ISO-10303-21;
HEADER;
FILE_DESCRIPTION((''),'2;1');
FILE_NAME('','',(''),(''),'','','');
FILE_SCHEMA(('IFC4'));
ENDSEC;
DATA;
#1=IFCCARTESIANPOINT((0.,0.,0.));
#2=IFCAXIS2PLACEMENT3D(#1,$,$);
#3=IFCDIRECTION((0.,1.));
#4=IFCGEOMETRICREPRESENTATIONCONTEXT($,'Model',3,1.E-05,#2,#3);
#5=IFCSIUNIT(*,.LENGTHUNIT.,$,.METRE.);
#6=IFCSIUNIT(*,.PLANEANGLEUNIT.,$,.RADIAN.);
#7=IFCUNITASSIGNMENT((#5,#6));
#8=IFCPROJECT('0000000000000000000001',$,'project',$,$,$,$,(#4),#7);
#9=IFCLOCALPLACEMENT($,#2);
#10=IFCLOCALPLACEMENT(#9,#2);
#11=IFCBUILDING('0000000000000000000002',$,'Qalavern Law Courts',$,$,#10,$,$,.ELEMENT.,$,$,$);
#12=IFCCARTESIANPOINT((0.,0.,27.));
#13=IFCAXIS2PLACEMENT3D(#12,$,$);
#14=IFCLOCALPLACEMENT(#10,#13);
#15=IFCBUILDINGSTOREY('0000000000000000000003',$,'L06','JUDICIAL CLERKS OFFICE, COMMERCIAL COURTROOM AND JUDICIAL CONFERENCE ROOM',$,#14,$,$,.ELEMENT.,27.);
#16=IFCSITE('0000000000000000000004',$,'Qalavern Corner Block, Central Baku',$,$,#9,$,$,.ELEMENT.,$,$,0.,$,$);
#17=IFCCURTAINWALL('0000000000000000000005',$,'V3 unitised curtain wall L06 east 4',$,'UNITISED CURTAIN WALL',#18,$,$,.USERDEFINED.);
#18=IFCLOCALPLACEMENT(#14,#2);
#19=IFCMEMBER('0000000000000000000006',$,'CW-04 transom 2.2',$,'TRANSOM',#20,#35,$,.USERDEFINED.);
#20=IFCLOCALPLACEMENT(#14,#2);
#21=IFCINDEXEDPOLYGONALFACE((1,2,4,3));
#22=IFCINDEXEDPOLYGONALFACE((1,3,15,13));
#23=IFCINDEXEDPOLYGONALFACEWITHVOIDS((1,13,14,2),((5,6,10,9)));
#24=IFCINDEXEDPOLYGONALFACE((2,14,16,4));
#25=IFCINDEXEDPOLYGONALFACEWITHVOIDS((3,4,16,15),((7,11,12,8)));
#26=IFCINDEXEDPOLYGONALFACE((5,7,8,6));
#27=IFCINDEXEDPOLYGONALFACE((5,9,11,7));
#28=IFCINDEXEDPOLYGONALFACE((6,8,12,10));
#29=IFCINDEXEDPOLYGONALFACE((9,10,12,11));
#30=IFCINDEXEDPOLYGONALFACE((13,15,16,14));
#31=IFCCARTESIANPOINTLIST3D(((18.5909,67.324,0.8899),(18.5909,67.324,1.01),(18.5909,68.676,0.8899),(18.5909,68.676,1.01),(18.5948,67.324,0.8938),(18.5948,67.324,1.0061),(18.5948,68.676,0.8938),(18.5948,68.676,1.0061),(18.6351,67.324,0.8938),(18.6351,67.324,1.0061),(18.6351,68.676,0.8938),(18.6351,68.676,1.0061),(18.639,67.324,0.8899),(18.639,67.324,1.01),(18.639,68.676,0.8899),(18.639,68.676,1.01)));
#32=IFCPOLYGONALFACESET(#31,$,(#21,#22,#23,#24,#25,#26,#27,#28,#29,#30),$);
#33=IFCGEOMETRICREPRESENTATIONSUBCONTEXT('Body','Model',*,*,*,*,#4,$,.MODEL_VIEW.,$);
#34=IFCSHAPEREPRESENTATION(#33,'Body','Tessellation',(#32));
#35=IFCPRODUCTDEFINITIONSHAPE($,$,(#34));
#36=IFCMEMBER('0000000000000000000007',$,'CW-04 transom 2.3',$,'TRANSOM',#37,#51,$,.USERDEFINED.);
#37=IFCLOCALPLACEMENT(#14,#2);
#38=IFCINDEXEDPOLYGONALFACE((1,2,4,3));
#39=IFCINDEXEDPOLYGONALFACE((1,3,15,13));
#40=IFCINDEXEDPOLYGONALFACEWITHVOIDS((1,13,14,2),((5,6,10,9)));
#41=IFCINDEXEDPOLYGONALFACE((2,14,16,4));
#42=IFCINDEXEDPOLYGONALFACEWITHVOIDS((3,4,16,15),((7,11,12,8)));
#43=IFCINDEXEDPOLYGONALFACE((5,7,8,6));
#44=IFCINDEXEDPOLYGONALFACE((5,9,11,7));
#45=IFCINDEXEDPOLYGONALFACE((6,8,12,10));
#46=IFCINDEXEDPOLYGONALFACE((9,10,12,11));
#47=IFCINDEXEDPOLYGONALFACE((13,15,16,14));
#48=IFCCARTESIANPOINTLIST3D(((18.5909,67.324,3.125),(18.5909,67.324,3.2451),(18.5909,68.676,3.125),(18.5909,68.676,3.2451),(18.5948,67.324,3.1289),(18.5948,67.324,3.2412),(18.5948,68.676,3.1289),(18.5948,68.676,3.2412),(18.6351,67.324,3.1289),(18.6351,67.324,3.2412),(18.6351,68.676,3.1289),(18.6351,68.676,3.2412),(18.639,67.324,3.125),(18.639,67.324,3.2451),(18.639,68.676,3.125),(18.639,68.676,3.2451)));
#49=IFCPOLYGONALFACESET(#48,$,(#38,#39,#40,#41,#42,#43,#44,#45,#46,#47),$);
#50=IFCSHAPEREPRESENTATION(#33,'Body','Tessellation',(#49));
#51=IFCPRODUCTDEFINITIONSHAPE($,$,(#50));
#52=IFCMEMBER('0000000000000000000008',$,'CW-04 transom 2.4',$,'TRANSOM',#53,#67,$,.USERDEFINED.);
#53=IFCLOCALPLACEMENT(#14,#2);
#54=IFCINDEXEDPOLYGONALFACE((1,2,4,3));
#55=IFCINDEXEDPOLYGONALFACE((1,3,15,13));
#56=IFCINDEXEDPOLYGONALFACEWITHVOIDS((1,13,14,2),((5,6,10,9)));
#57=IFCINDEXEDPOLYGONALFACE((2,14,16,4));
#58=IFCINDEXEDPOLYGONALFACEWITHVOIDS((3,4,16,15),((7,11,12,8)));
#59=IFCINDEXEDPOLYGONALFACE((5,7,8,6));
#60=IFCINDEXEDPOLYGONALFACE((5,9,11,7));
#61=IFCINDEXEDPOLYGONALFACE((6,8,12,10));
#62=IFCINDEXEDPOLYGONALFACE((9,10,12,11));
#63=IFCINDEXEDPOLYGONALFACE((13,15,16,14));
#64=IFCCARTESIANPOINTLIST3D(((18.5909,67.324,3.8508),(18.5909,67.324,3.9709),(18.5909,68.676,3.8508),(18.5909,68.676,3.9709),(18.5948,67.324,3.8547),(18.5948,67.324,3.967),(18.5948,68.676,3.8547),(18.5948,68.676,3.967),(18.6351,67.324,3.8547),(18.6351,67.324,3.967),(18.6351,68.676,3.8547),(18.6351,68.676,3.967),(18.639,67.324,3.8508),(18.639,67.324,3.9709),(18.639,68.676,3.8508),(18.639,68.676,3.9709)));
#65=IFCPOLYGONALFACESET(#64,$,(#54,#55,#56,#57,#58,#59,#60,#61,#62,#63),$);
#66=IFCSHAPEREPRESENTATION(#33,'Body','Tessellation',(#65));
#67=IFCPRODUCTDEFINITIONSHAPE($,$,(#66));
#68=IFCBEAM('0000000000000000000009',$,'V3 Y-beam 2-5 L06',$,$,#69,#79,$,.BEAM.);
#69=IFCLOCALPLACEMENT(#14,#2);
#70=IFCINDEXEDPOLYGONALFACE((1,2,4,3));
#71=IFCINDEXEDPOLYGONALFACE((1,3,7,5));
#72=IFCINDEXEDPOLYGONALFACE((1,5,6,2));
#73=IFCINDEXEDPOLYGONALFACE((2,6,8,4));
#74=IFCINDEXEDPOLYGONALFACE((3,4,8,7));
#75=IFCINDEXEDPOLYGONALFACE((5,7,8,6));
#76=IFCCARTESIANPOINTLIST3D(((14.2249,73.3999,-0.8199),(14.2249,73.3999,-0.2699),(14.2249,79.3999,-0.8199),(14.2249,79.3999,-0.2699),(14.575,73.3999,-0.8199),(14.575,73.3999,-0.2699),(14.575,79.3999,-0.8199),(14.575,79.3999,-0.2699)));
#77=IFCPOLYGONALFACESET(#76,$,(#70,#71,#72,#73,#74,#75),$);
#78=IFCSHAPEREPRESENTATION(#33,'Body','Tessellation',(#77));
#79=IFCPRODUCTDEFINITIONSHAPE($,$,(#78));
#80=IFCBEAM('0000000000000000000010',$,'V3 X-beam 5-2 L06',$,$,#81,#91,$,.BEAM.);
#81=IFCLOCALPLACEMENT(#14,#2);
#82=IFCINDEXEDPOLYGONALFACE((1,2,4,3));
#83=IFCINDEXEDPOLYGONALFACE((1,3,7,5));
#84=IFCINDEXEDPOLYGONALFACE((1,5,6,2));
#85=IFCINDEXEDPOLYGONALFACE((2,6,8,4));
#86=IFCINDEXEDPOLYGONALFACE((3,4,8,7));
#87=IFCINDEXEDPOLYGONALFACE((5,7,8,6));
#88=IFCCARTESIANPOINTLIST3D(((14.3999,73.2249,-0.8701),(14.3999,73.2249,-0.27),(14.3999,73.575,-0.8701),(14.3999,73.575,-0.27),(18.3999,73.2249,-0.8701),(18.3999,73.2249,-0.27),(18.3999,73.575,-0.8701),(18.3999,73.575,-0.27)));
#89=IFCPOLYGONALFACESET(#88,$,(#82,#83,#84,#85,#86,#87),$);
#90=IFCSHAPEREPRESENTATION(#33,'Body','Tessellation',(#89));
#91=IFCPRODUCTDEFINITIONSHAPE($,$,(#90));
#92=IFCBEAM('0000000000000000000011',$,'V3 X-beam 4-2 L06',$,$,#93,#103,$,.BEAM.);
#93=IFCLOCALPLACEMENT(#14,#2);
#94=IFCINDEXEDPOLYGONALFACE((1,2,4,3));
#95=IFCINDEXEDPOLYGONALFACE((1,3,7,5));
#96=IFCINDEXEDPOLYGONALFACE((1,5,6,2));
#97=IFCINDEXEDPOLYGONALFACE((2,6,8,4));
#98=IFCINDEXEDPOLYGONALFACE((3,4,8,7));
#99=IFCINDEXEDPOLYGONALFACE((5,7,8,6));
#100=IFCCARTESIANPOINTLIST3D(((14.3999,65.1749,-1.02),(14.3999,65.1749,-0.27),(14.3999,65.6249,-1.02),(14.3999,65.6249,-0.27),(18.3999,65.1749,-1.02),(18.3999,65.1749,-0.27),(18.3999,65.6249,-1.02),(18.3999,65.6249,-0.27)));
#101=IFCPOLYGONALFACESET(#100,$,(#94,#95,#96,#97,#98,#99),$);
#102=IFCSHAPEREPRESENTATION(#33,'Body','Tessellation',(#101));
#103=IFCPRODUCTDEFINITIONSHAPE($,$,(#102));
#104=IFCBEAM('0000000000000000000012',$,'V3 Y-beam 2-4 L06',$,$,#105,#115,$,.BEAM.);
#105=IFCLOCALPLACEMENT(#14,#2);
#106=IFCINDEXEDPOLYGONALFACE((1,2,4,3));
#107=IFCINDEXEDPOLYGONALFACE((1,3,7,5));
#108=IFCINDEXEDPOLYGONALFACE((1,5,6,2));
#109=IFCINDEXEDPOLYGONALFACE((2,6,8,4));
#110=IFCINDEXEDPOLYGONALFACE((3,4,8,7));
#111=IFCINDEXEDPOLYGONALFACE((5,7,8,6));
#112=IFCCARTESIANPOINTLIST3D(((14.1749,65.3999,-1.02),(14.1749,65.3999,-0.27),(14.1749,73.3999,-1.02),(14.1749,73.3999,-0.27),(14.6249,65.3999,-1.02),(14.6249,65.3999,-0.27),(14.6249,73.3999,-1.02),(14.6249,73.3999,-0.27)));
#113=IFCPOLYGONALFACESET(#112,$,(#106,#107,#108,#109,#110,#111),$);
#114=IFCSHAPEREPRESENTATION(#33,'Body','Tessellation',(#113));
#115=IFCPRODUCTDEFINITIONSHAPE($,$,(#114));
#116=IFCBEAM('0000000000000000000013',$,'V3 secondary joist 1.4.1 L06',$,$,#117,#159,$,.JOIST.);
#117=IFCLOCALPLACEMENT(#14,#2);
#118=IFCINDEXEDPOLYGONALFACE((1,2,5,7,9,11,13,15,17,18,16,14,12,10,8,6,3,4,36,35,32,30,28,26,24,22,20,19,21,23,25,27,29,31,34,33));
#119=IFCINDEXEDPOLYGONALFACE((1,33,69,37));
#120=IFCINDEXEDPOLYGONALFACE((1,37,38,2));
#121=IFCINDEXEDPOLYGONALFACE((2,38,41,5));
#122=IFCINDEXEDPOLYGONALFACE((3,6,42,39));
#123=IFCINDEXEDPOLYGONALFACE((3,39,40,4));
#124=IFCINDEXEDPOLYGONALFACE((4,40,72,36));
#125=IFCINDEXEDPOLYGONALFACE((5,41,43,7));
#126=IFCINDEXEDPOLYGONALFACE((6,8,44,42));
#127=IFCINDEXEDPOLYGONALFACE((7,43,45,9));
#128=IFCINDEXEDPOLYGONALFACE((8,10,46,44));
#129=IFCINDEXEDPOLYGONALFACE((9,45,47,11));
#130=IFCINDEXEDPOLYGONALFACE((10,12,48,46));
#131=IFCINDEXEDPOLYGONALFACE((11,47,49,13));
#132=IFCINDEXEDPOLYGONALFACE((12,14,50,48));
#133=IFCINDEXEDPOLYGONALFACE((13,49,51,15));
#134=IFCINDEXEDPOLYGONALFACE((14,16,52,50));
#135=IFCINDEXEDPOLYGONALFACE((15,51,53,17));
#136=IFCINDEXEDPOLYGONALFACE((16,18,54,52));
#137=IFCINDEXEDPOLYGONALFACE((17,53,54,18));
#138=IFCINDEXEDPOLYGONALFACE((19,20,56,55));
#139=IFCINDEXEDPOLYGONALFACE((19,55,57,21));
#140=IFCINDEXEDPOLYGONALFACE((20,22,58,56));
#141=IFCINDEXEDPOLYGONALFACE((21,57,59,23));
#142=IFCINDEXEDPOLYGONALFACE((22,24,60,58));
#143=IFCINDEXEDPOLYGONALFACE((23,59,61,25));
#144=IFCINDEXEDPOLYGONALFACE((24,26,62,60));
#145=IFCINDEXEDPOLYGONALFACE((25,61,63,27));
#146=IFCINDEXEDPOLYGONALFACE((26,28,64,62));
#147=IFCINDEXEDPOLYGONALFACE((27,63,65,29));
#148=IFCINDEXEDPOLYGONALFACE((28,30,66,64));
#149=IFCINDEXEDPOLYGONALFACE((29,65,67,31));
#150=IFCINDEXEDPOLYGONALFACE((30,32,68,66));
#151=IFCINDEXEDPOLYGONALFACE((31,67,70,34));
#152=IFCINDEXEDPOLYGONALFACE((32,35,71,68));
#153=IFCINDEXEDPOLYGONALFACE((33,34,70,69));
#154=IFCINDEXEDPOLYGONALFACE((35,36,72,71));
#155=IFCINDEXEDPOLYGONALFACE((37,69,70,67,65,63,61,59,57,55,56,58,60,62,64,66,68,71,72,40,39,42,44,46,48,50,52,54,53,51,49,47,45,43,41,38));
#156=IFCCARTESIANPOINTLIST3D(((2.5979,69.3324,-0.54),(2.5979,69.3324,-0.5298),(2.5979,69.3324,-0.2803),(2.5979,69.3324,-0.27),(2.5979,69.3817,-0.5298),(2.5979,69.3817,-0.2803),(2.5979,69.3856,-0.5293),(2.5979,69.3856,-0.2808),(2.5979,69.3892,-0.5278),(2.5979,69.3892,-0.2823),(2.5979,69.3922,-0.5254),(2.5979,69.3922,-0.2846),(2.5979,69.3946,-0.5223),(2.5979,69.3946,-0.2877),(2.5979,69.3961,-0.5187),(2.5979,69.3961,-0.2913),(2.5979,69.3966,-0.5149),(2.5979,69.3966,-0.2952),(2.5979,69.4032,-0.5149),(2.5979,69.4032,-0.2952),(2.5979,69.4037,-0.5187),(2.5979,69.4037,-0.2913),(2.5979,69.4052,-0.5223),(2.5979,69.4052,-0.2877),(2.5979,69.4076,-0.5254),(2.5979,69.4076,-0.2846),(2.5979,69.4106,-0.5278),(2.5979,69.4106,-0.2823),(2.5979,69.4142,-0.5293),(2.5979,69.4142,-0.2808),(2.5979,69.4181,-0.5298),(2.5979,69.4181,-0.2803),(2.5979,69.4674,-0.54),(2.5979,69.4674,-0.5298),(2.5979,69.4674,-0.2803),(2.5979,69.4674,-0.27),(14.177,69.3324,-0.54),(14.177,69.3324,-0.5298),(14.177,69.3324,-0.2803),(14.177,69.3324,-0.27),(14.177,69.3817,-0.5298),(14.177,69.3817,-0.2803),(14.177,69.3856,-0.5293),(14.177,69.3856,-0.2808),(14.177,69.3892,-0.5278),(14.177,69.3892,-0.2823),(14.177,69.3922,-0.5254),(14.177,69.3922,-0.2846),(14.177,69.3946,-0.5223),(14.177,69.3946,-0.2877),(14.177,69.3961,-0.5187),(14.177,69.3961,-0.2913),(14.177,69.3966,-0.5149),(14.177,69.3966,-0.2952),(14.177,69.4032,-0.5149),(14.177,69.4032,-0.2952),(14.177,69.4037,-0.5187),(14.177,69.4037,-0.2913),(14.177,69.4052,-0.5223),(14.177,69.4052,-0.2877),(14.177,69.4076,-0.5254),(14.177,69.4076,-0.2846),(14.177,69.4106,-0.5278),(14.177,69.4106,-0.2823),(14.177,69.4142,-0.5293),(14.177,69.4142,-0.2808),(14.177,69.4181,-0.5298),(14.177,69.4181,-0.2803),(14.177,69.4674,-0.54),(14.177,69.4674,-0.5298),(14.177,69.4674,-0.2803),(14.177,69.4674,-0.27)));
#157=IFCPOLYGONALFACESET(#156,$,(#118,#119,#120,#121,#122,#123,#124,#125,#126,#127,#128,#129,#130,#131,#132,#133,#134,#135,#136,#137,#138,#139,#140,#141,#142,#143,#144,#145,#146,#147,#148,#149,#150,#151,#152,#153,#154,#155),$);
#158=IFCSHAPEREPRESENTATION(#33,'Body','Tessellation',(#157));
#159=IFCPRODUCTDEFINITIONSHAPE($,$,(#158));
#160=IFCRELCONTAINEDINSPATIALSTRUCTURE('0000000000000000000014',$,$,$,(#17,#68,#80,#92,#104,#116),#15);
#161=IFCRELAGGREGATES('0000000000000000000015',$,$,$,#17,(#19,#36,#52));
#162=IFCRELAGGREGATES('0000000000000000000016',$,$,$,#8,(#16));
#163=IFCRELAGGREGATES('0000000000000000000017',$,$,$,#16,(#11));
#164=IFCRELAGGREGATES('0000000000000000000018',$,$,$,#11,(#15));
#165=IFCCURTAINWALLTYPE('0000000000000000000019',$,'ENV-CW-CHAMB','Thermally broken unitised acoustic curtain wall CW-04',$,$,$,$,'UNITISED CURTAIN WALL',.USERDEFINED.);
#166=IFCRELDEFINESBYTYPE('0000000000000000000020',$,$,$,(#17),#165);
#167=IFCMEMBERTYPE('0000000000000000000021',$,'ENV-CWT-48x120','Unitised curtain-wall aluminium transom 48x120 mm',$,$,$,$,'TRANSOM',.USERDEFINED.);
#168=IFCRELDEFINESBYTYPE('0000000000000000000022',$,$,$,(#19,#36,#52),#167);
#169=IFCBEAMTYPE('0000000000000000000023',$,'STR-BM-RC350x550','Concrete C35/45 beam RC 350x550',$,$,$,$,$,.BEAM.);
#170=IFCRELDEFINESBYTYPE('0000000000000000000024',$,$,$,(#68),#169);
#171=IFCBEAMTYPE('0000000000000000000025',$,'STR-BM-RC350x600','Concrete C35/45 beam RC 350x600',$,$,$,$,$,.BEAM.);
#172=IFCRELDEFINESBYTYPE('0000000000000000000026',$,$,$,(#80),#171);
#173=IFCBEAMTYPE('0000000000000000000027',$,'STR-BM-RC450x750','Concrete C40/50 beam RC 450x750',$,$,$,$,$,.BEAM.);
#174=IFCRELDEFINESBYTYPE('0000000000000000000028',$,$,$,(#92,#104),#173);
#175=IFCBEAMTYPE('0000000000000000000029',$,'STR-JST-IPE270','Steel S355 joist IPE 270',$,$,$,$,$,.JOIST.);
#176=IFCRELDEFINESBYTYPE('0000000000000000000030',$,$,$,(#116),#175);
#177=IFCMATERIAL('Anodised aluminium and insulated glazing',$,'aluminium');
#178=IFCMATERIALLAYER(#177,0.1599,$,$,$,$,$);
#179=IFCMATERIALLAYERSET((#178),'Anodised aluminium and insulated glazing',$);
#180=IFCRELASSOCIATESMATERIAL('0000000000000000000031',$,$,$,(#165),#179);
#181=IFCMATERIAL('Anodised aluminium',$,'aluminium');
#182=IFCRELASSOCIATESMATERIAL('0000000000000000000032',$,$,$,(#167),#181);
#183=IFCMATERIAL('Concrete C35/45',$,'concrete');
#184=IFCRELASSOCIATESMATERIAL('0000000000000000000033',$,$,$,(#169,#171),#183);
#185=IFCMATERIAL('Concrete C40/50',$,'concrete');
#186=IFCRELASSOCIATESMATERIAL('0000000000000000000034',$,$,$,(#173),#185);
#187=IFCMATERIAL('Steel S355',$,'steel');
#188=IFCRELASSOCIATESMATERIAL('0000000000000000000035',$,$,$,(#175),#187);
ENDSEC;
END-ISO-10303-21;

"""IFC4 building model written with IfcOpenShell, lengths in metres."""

from ifc_helpers import new_model, si_unit, direction, frame, origin, origin_2d, place, context, subcontext, project, spatial, rectangle, hollow_rectangle, i_section, extrude, material, layer, layer_set, material_profile, profile_set, type_object, element, aggregate, save


model = new_model("IFC4")

# Units and contexts
model_context = context("Model", 3, precision=1e-05, world=origin(), true_north=direction((0.0, 1.0)))
body_context = subcontext(model_context, "Body", "Model", "MODEL_VIEW")
ifc_project = project(units=[si_unit("LENGTHUNIT", "METRE"), si_unit("PLANEANGLEUNIT", "RADIAN")], contexts=[model_context])

# Site, building, storey
site_placement = place(None, origin())
site = spatial("IfcSite", under=ifc_project, at=site_placement, Name="Qalavern Corner Block, Central Baku", CompositionType="ELEMENT", RefElevation=0.0)
building_placement = place(site_placement, origin())
building = spatial("IfcBuilding", under=site, at=building_placement, Name="Qalavern Law Courts", CompositionType="ELEMENT")
storey_placement = place(building_placement, frame((0.0, 0.0, 27.0)))
storey = spatial("IfcBuildingStorey", under=building, at=storey_placement, Name="L06", Description="JUDICIAL CLERKS OFFICE, COMMERCIAL COURTROOM AND JUDICIAL CONFERENCE ROOM", CompositionType="ELEMENT", Elevation=27.0)

# Shared definitions
ifc_material_1 = material(Name="Anodised aluminium and insulated glazing", Category="aluminium")
ifc_layer_1 = layer(ifc_material_1, 0.1599)
ifc_layer_set_1 = layer_set([ifc_layer_1], Name="Anodised aluminium and insulated glazing")
curtain_wall_type = type_object("IfcCurtainWallType", Name="ENV-CW-CHAMB", Description="Thermally broken unitised acoustic curtain wall CW-04", ElementType="UNITISED CURTAIN WALL", PredefinedType="USERDEFINED", material=ifc_layer_set_1)
ifc_material_2 = material(Name="Anodised aluminium", Category="aluminium")

# Curtain wall, members
curtain_wall_1_placement = place(storey_placement, origin())
curtain_wall_1 = element("IfcCurtainWall", 1, at=curtain_wall_1_placement, inside=storey, type_object=curtain_wall_type, Name="V3 unitised curtain wall L06 east 4", ObjectType="UNITISED CURTAIN WALL", PredefinedType="USERDEFINED")
ifc_material_profile_1 = material_profile(ifc_material_2, hollow_rectangle(XDim=0.0481, YDim=0.1201, WallThickness=0.0039, at=origin_2d()), Name="ALU TRANSOM 48x120")
ifc_profile_set_1 = profile_set([ifc_material_profile_1], Name="Anodised aluminium")
member_type_1 = type_object("IfcMemberType", Name="ENV-CWT-48x120", Description="Unitised curtain-wall aluminium transom 48x120 mm", ElementType="TRANSOM", PredefinedType="USERDEFINED", material=ifc_profile_set_1)
member_1_placement = place(storey_placement, frame((18.615, 67.324, 0.95), z_axis=(0.0, 1.0, 0.0), x_axis=(-1.0, 0.0, 0.0)))
member_1 = element("IfcMember", 2, at=member_1_placement, type_object=member_type_1, Name="CW-04 transom 2.2", ObjectType="TRANSOM", PredefinedType="USERDEFINED", context=body_context, shape_type="SweptSolid", body=[
    extrude(hollow_rectangle(XDim=0.0481, YDim=0.1201, WallThickness=0.0039, at=origin_2d()), origin(), (0.0, 0.0, 1.0), 1.3521),
])
member_2_placement = place(storey_placement, frame((18.615, 67.324, 3.1851), z_axis=(0.0, 1.0, 0.0), x_axis=(-1.0, 0.0, 0.0)))
member_2 = element("IfcMember", 3, at=member_2_placement, type_object=member_type_1, Name="CW-04 transom 2.3", ObjectType="TRANSOM", PredefinedType="USERDEFINED", context=body_context, shape_type="SweptSolid", body=[
    extrude(hollow_rectangle(XDim=0.0481, YDim=0.1201, WallThickness=0.0039, at=origin_2d()), origin(), (0.0, 0.0, 1.0), 1.3521),
])
member_3_placement = place(storey_placement, frame((18.615, 67.324, 3.9109), z_axis=(0.0, 1.0, 0.0), x_axis=(-1.0, 0.0, 0.0)))
member_3 = element("IfcMember", 4, at=member_3_placement, type_object=member_type_1, Name="CW-04 transom 2.4", ObjectType="TRANSOM", PredefinedType="USERDEFINED", context=body_context, shape_type="SweptSolid", body=[
    extrude(hollow_rectangle(XDim=0.0481, YDim=0.1201, WallThickness=0.0039, at=origin_2d()), origin(), (0.0, 0.0, 1.0), 1.3521),
])

# Beams
ifc_material_3 = material(Name="Concrete C35/45", Category="concrete")
ifc_material_profile_2 = material_profile(ifc_material_3, rectangle(XDim=0.3501, YDim=0.55, at=origin_2d()), Name="RC 350x550")
ifc_profile_set_2 = profile_set([ifc_material_profile_2], Name="Concrete C35/45")
beam_type_1 = type_object("IfcBeamType", Name="STR-BM-RC350x550", Description="Concrete C35/45 beam RC 350x550", PredefinedType="BEAM", material=ifc_profile_set_2)
beam_1_placement = place(storey_placement, frame((14.3999, 73.3999, -0.5449), z_axis=(0.0, 1.0, 0.0), x_axis=(-1.0, 0.0, 0.0)))
element("IfcBeam", 5, at=beam_1_placement, inside=storey, type_object=beam_type_1, Name="V3 Y-beam 2-5 L06", PredefinedType="BEAM", context=body_context, shape_type="SweptSolid", body=[
    extrude(rectangle(XDim=0.3501, YDim=0.55, at=origin_2d()), origin(), (0.0, 0.0, 1.0), 6.0),
])
ifc_material_profile_3 = material_profile(ifc_material_3, rectangle(XDim=0.3501, YDim=0.6001, at=origin_2d()), Name="RC 350x600")
ifc_profile_set_3 = profile_set([ifc_material_profile_3], Name="Concrete C35/45")
beam_type_2 = type_object("IfcBeamType", Name="STR-BM-RC350x600", Description="Concrete C35/45 beam RC 350x600", PredefinedType="BEAM", material=ifc_profile_set_3)
beam_2_placement = place(storey_placement, frame((14.3999, 73.3999, -0.5701), z_axis=(1.0, 0.0, 0.0), x_axis=(0.0, 1.0, 0.0)))
element("IfcBeam", 6, at=beam_2_placement, inside=storey, type_object=beam_type_2, Name="V3 X-beam 5-2 L06", PredefinedType="BEAM", context=body_context, shape_type="SweptSolid", body=[
    extrude(rectangle(XDim=0.3501, YDim=0.6001, at=origin_2d()), origin(), (0.0, 0.0, 1.0), 4.0),
])
ifc_material_4 = material(Name="Concrete C40/50", Category="concrete")
ifc_material_profile_4 = material_profile(ifc_material_4, rectangle(XDim=0.45, YDim=0.75, at=origin_2d()), Name="RC 450x750")
ifc_profile_set_4 = profile_set([ifc_material_profile_4], Name="Concrete C40/50")
beam_type_3 = type_object("IfcBeamType", Name="STR-BM-RC450x750", Description="Concrete C40/50 beam RC 450x750", PredefinedType="BEAM", material=ifc_profile_set_4)
beam_3_placement = place(storey_placement, frame((14.3999, 65.3999, -0.645), z_axis=(1.0, 0.0, 0.0), x_axis=(0.0, 1.0, 0.0)))
element("IfcBeam", 7, at=beam_3_placement, inside=storey, type_object=beam_type_3, Name="V3 X-beam 4-2 L06", PredefinedType="BEAM", context=body_context, shape_type="SweptSolid", body=[
    extrude(rectangle(XDim=0.45, YDim=0.75, at=origin_2d()), origin(), (0.0, 0.0, 1.0), 4.0),
])
beam_4_placement = place(storey_placement, frame((14.3999, 65.3999, -0.645), z_axis=(0.0, 1.0, 0.0), x_axis=(-1.0, 0.0, 0.0)))
element("IfcBeam", 8, at=beam_4_placement, inside=storey, type_object=beam_type_3, Name="V3 Y-beam 2-4 L06", PredefinedType="BEAM", context=body_context, shape_type="SweptSolid", body=[
    extrude(rectangle(XDim=0.45, YDim=0.75, at=origin_2d()), origin(), (0.0, 0.0, 1.0), 8.0),
])
ifc_material_5 = material(Name="Steel S355", Category="steel")
ifc_material_profile_5 = material_profile(ifc_material_5, i_section(OverallWidth=0.135, OverallDepth=0.27, WebThickness=0.0066, FlangeThickness=0.0103, FilletRadius=0.0149, at=origin_2d()), Name="IPE 270")
ifc_profile_set_5 = profile_set([ifc_material_profile_5], Name="Steel S355")
beam_type_4 = type_object("IfcBeamType", Name="STR-JST-IPE270", Description="Steel S355 joist IPE 270", PredefinedType="JOIST", material=ifc_profile_set_5)
beam_5_placement = place(storey_placement, frame((2.5979, 69.3999, -0.405), z_axis=(1.0, 0.0, 0.0), x_axis=(0.0, 1.0, 0.0)))
element("IfcBeam", 9, at=beam_5_placement, inside=storey, type_object=beam_type_4, Name="V3 secondary joist 1.4.1 L06", PredefinedType="JOIST", context=body_context, shape_type="SweptSolid", body=[
    extrude(i_section(OverallWidth=0.135, OverallDepth=0.27, WebThickness=0.0066, FlangeThickness=0.0103, FilletRadius=0.0149, at=origin_2d()), origin(), (0.0, 0.0, 1.0), 11.5791),
])

aggregate(curtain_wall_1, [member_1, member_2, member_3])

save(model, "model.ifc")
